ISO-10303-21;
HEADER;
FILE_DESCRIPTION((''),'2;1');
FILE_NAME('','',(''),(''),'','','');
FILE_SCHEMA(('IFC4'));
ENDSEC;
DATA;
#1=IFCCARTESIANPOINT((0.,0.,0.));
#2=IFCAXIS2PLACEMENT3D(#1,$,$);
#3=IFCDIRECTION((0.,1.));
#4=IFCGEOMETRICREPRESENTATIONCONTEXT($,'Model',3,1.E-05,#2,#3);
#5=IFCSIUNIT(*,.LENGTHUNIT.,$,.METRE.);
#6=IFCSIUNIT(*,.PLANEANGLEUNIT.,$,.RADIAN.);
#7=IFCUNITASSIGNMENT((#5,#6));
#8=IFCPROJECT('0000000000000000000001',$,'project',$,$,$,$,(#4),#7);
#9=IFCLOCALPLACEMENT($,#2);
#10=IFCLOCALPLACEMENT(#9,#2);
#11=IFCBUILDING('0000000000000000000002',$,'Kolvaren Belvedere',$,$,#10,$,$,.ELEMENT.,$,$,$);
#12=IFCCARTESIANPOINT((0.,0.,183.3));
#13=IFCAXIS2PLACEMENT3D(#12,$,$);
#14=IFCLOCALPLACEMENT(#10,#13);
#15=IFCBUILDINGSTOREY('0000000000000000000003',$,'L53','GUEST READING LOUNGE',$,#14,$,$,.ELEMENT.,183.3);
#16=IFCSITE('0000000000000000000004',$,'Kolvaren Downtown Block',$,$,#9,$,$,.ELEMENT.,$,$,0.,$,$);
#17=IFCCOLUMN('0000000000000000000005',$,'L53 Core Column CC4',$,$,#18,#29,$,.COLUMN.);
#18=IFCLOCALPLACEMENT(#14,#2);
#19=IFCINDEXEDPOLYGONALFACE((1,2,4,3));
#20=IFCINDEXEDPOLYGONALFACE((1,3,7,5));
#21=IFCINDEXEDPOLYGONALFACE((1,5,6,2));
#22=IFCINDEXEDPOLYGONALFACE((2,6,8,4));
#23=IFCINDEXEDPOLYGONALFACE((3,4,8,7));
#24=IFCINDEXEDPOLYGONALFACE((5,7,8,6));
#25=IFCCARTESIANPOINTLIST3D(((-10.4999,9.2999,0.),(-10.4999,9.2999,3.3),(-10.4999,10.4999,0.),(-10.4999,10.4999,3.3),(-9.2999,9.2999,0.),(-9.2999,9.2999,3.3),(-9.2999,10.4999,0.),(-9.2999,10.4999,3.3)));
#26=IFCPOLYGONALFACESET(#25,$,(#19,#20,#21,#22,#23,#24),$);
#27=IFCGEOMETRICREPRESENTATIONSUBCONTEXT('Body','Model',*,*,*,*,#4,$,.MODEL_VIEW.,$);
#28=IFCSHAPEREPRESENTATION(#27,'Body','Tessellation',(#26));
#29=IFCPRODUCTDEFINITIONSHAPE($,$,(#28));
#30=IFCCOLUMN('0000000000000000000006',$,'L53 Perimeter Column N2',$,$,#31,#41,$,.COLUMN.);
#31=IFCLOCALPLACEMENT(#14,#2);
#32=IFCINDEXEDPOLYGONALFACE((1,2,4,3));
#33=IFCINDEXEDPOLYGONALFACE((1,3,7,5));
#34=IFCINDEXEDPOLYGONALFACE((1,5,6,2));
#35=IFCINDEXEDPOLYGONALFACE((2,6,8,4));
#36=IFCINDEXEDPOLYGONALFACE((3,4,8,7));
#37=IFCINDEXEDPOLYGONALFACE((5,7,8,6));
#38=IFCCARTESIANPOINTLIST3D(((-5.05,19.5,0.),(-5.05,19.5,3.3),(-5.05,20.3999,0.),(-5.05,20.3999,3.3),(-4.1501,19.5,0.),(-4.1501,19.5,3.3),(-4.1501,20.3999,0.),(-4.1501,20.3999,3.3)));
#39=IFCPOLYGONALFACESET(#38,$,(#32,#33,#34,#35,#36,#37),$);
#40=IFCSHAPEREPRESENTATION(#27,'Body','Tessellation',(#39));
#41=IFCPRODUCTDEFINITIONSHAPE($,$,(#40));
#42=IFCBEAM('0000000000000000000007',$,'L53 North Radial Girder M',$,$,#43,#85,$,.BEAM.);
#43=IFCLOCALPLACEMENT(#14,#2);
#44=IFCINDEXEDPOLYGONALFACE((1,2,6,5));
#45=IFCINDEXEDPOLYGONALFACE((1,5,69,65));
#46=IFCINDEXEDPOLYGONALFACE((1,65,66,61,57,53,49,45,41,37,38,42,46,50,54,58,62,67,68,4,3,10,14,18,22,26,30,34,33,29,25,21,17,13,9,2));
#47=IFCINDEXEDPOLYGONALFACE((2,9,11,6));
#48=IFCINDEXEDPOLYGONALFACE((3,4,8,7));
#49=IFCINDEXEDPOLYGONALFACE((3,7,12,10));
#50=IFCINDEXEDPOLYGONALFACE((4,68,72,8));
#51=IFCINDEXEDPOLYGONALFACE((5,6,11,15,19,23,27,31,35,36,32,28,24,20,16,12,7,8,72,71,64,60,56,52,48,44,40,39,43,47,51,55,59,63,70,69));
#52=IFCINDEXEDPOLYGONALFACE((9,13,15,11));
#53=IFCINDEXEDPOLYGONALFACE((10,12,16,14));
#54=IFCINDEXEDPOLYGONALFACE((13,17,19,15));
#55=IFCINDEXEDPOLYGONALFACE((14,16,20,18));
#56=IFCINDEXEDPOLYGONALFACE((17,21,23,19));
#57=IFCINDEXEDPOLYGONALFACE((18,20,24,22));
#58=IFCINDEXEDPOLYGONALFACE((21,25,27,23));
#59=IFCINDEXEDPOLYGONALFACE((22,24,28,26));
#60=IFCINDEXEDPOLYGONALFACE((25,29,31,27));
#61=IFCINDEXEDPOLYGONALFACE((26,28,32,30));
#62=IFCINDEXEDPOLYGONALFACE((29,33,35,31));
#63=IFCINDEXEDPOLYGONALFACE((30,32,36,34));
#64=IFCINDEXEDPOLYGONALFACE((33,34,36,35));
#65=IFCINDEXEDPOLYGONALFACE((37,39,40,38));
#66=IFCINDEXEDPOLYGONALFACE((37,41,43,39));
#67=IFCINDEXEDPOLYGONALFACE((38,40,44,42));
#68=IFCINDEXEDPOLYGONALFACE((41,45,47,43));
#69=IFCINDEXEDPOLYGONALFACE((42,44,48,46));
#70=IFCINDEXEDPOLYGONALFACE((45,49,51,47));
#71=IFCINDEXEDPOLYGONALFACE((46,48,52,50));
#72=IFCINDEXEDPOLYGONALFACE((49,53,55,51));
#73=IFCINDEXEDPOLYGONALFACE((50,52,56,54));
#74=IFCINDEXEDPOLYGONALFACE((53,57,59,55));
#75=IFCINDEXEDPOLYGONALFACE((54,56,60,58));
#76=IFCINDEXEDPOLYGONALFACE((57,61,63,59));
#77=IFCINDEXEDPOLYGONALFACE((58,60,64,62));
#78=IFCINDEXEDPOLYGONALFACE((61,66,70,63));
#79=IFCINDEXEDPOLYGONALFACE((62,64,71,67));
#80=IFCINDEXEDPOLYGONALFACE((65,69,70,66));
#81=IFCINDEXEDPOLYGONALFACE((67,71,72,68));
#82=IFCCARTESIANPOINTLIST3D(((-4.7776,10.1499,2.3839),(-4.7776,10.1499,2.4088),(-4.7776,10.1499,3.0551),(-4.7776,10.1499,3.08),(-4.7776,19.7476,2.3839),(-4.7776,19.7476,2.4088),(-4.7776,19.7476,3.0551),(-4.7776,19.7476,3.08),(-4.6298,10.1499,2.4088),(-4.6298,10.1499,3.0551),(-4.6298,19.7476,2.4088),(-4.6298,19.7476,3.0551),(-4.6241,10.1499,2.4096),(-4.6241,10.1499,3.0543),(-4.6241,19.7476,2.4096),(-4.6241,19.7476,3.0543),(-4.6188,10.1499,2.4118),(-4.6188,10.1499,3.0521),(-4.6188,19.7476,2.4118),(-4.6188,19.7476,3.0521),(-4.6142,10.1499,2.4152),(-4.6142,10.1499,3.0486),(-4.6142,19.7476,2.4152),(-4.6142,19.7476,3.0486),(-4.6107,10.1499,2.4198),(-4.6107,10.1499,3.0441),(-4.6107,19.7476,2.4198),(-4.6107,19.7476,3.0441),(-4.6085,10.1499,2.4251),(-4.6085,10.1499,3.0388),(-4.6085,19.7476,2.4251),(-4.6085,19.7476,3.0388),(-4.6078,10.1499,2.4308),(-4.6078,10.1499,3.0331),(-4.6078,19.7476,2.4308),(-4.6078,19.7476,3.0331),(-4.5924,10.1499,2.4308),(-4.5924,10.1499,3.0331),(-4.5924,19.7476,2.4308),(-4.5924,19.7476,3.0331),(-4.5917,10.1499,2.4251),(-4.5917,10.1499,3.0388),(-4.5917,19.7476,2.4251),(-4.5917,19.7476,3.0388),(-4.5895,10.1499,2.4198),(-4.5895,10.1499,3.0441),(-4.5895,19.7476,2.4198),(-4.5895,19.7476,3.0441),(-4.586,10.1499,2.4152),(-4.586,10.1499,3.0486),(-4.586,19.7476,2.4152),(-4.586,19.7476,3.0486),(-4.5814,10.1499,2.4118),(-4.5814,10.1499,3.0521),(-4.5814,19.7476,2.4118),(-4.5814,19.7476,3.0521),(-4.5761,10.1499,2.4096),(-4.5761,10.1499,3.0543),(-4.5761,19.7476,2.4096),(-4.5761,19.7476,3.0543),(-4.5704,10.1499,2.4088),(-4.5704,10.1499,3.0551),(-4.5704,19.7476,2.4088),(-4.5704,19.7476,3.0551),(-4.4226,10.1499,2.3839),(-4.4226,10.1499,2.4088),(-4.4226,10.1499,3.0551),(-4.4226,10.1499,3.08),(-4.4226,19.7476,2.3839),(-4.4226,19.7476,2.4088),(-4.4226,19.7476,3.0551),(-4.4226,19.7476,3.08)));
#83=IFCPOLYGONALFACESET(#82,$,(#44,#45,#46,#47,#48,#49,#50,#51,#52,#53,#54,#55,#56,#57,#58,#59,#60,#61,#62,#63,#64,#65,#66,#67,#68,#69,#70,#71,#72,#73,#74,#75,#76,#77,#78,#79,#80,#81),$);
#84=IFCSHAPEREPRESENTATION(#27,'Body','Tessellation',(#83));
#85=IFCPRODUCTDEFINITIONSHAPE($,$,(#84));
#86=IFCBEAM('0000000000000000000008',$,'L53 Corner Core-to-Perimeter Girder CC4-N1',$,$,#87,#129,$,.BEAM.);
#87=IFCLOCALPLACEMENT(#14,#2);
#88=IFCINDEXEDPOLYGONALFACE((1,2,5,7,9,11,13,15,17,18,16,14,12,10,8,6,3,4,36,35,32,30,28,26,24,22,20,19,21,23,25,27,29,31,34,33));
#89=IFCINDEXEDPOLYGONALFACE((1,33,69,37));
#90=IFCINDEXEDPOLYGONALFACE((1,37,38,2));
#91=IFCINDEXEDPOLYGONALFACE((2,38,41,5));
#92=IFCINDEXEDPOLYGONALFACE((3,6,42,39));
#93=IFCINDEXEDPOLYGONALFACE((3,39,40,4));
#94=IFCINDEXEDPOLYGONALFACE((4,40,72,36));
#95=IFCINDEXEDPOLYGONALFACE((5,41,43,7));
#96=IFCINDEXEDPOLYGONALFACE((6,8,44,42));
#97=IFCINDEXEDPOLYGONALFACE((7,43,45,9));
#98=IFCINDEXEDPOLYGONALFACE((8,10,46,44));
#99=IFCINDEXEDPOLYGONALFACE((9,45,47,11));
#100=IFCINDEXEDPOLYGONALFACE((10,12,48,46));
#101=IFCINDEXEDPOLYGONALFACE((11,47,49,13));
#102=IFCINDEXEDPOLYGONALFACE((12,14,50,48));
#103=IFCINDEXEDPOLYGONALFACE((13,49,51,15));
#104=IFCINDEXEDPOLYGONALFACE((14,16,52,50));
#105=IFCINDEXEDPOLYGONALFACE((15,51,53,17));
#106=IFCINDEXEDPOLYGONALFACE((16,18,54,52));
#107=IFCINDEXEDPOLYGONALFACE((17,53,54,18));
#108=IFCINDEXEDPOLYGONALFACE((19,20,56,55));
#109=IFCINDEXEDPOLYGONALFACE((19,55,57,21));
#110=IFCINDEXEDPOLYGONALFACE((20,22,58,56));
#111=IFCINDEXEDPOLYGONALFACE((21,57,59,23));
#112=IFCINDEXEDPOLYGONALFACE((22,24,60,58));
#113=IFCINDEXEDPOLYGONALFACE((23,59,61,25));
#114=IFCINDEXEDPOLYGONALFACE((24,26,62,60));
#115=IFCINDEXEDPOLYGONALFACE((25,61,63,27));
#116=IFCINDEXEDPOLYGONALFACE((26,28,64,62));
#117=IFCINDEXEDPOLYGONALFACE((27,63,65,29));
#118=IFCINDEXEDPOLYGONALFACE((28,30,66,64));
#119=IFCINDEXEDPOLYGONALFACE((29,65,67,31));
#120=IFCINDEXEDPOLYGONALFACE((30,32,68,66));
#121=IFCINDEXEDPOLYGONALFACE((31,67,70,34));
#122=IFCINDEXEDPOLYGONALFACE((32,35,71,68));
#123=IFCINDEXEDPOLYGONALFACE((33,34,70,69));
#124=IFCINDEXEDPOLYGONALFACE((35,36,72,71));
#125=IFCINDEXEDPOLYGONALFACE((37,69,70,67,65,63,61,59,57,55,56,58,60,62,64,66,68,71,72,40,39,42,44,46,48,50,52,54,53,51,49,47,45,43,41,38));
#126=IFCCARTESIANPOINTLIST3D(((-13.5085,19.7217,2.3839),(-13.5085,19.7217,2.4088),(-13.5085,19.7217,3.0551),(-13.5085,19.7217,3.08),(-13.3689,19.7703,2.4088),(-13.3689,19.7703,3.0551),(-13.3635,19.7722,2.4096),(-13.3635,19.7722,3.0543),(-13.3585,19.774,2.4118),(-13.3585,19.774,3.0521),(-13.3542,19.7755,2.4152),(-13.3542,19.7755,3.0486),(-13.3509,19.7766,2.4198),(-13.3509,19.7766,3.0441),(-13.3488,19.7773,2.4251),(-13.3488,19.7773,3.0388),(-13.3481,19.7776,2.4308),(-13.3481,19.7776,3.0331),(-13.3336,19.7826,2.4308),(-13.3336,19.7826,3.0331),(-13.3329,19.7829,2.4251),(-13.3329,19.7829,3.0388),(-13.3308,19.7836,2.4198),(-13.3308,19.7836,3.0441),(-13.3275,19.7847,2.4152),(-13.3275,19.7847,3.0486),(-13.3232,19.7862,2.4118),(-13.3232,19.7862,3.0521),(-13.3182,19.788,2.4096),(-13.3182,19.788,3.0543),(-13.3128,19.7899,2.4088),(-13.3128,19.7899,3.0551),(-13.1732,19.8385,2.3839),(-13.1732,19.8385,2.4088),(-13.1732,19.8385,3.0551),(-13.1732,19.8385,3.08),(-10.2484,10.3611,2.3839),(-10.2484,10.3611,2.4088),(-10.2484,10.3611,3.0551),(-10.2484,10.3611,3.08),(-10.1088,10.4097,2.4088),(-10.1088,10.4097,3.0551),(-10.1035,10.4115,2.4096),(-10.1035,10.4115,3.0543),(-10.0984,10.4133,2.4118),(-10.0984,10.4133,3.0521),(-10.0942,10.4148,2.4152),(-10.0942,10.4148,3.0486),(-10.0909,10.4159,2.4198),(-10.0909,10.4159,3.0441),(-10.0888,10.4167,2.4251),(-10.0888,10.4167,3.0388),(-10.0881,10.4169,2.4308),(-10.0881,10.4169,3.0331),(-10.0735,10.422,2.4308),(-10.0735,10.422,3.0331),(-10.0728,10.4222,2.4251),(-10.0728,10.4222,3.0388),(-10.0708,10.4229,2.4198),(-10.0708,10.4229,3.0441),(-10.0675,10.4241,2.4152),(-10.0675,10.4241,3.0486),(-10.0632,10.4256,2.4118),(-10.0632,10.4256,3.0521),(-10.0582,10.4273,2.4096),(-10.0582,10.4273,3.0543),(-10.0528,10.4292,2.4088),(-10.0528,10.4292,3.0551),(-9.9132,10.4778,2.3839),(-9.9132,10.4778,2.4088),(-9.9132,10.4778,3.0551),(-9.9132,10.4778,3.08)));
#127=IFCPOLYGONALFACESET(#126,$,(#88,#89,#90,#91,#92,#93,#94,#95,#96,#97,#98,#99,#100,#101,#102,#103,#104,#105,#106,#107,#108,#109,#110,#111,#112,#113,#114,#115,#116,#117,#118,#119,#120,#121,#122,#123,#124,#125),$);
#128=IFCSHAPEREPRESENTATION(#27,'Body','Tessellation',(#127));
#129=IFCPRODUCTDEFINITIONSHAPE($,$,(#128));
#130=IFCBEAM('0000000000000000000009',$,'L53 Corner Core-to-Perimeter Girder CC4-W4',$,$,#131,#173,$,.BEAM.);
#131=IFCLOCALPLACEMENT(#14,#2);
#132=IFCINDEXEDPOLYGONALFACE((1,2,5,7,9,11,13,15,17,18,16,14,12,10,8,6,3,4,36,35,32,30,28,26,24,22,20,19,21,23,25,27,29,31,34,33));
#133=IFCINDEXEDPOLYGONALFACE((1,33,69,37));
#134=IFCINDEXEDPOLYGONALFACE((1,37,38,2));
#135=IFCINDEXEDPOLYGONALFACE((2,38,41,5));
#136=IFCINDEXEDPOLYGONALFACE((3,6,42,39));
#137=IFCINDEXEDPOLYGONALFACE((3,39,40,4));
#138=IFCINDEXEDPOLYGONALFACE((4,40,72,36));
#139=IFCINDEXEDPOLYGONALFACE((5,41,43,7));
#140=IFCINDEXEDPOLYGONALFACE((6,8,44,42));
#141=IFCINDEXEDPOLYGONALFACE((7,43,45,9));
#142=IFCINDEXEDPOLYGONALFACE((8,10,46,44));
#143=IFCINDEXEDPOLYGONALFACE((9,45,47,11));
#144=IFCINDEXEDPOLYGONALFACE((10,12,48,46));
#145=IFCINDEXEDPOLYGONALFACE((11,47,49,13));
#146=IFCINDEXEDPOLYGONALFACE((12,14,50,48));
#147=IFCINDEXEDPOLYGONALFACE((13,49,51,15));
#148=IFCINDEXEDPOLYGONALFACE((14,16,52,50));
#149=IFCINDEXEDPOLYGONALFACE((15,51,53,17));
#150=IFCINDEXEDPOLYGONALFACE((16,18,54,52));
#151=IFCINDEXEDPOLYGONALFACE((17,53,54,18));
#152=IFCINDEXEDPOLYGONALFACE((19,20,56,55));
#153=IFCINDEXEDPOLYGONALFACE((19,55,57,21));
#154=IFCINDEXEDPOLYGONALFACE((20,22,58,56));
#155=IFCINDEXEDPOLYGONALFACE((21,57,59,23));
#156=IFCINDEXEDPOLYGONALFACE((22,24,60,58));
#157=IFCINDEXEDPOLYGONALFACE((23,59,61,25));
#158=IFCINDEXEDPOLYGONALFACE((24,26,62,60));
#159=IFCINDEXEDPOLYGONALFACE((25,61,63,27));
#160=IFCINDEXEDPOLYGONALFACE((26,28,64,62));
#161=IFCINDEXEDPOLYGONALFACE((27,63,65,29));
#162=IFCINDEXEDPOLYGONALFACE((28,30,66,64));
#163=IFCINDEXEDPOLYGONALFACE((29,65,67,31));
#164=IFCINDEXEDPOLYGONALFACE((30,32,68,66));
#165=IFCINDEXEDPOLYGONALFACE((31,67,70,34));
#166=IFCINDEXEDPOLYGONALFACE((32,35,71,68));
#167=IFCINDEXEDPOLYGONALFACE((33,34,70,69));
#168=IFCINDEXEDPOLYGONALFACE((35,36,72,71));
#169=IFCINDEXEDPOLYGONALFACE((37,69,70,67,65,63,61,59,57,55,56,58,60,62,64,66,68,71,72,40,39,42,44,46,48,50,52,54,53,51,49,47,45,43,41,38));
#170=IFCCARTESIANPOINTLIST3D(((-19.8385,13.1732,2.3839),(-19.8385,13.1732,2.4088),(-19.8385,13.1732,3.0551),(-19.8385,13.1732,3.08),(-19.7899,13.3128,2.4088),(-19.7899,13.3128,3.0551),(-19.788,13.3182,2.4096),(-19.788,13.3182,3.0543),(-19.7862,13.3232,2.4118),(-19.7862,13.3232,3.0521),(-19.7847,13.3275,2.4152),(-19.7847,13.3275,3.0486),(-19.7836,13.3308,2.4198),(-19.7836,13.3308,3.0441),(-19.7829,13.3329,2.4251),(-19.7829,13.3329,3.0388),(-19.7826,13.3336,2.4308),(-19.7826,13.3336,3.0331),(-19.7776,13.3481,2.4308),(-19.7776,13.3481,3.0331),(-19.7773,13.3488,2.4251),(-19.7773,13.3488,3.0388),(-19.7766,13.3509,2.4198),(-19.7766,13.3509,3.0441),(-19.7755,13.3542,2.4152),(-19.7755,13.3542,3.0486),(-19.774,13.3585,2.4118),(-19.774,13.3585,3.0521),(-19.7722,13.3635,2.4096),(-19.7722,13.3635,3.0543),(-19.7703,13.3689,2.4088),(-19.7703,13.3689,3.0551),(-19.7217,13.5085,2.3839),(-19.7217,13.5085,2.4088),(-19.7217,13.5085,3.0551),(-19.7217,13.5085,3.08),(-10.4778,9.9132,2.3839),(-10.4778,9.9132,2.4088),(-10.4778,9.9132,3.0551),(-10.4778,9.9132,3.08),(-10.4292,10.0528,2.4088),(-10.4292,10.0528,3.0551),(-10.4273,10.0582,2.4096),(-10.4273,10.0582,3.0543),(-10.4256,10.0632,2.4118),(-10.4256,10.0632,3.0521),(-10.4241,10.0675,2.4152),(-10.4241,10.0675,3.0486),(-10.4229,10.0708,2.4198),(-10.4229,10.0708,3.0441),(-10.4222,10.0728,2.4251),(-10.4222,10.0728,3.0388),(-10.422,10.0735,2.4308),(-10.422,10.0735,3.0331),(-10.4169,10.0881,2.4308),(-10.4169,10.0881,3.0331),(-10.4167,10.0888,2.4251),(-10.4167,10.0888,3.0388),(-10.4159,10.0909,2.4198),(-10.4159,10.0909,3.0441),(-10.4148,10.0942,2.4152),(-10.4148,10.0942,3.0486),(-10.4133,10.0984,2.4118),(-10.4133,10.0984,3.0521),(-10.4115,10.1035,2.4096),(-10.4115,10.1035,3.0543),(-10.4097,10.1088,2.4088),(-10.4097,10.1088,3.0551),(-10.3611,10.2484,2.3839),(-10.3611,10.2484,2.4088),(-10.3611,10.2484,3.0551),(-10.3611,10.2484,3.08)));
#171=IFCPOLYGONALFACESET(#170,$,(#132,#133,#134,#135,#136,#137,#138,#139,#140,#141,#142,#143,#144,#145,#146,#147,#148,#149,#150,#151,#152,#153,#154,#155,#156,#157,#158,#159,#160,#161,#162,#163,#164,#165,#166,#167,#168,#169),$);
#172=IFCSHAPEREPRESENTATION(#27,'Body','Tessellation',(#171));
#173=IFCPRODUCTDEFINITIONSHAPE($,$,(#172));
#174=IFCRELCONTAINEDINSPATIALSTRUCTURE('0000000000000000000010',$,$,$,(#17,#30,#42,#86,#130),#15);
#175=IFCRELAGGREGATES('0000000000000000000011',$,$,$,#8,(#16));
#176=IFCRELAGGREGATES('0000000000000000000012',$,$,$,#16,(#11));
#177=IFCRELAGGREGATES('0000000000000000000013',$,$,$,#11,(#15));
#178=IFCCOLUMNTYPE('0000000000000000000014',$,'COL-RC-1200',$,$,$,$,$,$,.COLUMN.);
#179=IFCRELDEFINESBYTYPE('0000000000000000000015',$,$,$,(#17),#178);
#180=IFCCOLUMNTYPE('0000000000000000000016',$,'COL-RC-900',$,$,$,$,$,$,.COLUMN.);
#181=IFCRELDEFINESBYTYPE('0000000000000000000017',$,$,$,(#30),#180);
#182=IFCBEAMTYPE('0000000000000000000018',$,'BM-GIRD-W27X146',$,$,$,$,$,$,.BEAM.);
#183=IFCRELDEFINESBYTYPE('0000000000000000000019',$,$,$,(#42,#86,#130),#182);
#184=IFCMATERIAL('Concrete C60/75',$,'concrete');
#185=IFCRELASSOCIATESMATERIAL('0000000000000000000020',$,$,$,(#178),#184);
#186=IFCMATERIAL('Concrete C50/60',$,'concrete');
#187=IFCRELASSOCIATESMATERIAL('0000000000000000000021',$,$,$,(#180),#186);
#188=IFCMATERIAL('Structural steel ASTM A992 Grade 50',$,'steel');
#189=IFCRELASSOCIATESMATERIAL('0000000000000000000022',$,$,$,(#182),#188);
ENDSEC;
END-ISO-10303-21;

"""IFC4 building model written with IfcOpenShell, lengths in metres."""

from ifc_helpers import new_model, si_unit, direction, frame, origin, origin_2d, place, context, subcontext, project, spatial, rectangle, i_section, extrude, material, material_profile, profile_set, type_object, element, save


model = new_model("IFC4")

# Units and contexts
model_context = context("Model", 3, precision=1e-05, world=origin(), true_north=direction((0.0, 1.0)))
body_context = subcontext(model_context, "Body", "Model", "MODEL_VIEW")
ifc_project = project(units=[si_unit("LENGTHUNIT", "METRE"), si_unit("PLANEANGLEUNIT", "RADIAN")], contexts=[model_context])

# Site, building, storey
site_placement = place(None, origin())
site = spatial("IfcSite", under=ifc_project, at=site_placement, Name="Kolvaren Downtown Block", CompositionType="ELEMENT", RefElevation=0.0)
building_placement = place(site_placement, origin())
building = spatial("IfcBuilding", under=site, at=building_placement, Name="Kolvaren Belvedere", CompositionType="ELEMENT")
storey_placement = place(building_placement, frame((0.0, 0.0, 183.3)))
storey = spatial("IfcBuildingStorey", under=building, at=storey_placement, Name="L53", Description="GUEST READING LOUNGE", CompositionType="ELEMENT", Elevation=183.3)

# Columns
ifc_material_1 = material(Name="Concrete C60/75", Category="concrete")
ifc_material_profile_1 = material_profile(ifc_material_1, rectangle(XDim=1.2, YDim=1.2, at=origin_2d()), Name="RC 1200X1200")
ifc_profile_set_1 = profile_set([ifc_material_profile_1], Name="Concrete C60/75")
column_type_1 = type_object("IfcColumnType", Name="COL-RC-1200", PredefinedType="COLUMN", material=ifc_profile_set_1)
column_1_placement = place(storey_placement, frame((-9.8999, 9.8999, 0.0), z_axis=(0.0, 0.0, 1.0), x_axis=(1.0, 0.0, 0.0)))
element("IfcColumn", 1, at=column_1_placement, inside=storey, type_object=column_type_1, Name="L53 Core Column CC4", PredefinedType="COLUMN", context=body_context, shape_type="SweptSolid", body=[
    extrude(rectangle(XDim=1.2, YDim=1.2, at=origin_2d()), origin(), (0.0, 0.0, 1.0), 3.3),
])
ifc_material_2 = material(Name="Concrete C50/60", Category="concrete")
ifc_material_profile_2 = material_profile(ifc_material_2, rectangle(XDim=0.8999, YDim=0.8999, at=origin_2d()), Name="RC 900X900")
ifc_profile_set_2 = profile_set([ifc_material_profile_2], Name="Concrete C50/60")
column_type_2 = type_object("IfcColumnType", Name="COL-RC-900", PredefinedType="COLUMN", material=ifc_profile_set_2)
column_2_placement = place(storey_placement, frame((-4.6001, 19.95, 0.0), z_axis=(0.0, 0.0, 1.0), x_axis=(1.0, 0.0, 0.0)))
element("IfcColumn", 2, at=column_2_placement, inside=storey, type_object=column_type_2, Name="L53 Perimeter Column N2", PredefinedType="COLUMN", context=body_context, shape_type="SweptSolid", body=[
    extrude(rectangle(XDim=0.8999, YDim=0.8999, at=origin_2d()), origin(), (0.0, 0.0, 1.0), 3.3),
])

# Beams
ifc_material_3 = material(Name="Structural steel ASTM A992 Grade 50", Category="steel")
ifc_material_profile_3 = material_profile(ifc_material_3, i_section(OverallWidth=0.355, OverallDepth=0.696, WebThickness=0.0154, FlangeThickness=0.0249, FilletRadius=0.022, at=origin_2d()), Name="W27X146")
ifc_profile_set_3 = profile_set([ifc_material_profile_3], Name="Structural steel ASTM A992 Grade 50")
beam_type_1 = type_object("IfcBeamType", Name="BM-GIRD-W27X146", PredefinedType="BEAM", material=ifc_profile_set_3)
beam_1_placement = place(storey_placement, frame((-4.6001, 10.1499, 2.7319), z_axis=(0.0, 1.0, 0.0), x_axis=(-1.0, 0.0, 0.0)))
element("IfcBeam", 3, at=beam_1_placement, inside=storey, type_object=beam_type_1, Name="L53 North Radial Girder M", PredefinedType="BEAM", context=body_context, shape_type="SweptSolid", body=[
    extrude(i_section(OverallWidth=0.355, OverallDepth=0.696, WebThickness=0.0154, FlangeThickness=0.0249, FilletRadius=0.022, at=origin_2d()), origin(), (0.0, 0.0, 1.0), 9.5977),
])
for number, where, z_axis, x_axis, name in (
    (4, (-10.0808, 10.4194, 2.7319), (-0.328894, 0.944367, 0.0), (-0.944367, -0.328894, 0.0), "L53 Corner Core-to-Perimeter Girder CC4-N1"),
    (5, (-10.4194, 10.0808, 2.7319), (-0.944367, 0.328894, 0.0), (-0.328894, -0.944367, 0.0), "L53 Corner Core-to-Perimeter Girder CC4-W4"),
):
    element("IfcBeam", number, at=place(storey_placement, frame(where, z_axis=z_axis, x_axis=x_axis)), inside=storey, type_object=beam_type_1, Name=name, PredefinedType="BEAM", context=body_context, shape_type="SweptSolid", body=[
        extrude(i_section(OverallWidth=0.355, OverallDepth=0.696, WebThickness=0.0154, FlangeThickness=0.0249, FilletRadius=0.022, at=origin_2d()), origin(), (0.0, 0.0, 1.0), 9.9121),
    ])

save(model, "model.ifc")
